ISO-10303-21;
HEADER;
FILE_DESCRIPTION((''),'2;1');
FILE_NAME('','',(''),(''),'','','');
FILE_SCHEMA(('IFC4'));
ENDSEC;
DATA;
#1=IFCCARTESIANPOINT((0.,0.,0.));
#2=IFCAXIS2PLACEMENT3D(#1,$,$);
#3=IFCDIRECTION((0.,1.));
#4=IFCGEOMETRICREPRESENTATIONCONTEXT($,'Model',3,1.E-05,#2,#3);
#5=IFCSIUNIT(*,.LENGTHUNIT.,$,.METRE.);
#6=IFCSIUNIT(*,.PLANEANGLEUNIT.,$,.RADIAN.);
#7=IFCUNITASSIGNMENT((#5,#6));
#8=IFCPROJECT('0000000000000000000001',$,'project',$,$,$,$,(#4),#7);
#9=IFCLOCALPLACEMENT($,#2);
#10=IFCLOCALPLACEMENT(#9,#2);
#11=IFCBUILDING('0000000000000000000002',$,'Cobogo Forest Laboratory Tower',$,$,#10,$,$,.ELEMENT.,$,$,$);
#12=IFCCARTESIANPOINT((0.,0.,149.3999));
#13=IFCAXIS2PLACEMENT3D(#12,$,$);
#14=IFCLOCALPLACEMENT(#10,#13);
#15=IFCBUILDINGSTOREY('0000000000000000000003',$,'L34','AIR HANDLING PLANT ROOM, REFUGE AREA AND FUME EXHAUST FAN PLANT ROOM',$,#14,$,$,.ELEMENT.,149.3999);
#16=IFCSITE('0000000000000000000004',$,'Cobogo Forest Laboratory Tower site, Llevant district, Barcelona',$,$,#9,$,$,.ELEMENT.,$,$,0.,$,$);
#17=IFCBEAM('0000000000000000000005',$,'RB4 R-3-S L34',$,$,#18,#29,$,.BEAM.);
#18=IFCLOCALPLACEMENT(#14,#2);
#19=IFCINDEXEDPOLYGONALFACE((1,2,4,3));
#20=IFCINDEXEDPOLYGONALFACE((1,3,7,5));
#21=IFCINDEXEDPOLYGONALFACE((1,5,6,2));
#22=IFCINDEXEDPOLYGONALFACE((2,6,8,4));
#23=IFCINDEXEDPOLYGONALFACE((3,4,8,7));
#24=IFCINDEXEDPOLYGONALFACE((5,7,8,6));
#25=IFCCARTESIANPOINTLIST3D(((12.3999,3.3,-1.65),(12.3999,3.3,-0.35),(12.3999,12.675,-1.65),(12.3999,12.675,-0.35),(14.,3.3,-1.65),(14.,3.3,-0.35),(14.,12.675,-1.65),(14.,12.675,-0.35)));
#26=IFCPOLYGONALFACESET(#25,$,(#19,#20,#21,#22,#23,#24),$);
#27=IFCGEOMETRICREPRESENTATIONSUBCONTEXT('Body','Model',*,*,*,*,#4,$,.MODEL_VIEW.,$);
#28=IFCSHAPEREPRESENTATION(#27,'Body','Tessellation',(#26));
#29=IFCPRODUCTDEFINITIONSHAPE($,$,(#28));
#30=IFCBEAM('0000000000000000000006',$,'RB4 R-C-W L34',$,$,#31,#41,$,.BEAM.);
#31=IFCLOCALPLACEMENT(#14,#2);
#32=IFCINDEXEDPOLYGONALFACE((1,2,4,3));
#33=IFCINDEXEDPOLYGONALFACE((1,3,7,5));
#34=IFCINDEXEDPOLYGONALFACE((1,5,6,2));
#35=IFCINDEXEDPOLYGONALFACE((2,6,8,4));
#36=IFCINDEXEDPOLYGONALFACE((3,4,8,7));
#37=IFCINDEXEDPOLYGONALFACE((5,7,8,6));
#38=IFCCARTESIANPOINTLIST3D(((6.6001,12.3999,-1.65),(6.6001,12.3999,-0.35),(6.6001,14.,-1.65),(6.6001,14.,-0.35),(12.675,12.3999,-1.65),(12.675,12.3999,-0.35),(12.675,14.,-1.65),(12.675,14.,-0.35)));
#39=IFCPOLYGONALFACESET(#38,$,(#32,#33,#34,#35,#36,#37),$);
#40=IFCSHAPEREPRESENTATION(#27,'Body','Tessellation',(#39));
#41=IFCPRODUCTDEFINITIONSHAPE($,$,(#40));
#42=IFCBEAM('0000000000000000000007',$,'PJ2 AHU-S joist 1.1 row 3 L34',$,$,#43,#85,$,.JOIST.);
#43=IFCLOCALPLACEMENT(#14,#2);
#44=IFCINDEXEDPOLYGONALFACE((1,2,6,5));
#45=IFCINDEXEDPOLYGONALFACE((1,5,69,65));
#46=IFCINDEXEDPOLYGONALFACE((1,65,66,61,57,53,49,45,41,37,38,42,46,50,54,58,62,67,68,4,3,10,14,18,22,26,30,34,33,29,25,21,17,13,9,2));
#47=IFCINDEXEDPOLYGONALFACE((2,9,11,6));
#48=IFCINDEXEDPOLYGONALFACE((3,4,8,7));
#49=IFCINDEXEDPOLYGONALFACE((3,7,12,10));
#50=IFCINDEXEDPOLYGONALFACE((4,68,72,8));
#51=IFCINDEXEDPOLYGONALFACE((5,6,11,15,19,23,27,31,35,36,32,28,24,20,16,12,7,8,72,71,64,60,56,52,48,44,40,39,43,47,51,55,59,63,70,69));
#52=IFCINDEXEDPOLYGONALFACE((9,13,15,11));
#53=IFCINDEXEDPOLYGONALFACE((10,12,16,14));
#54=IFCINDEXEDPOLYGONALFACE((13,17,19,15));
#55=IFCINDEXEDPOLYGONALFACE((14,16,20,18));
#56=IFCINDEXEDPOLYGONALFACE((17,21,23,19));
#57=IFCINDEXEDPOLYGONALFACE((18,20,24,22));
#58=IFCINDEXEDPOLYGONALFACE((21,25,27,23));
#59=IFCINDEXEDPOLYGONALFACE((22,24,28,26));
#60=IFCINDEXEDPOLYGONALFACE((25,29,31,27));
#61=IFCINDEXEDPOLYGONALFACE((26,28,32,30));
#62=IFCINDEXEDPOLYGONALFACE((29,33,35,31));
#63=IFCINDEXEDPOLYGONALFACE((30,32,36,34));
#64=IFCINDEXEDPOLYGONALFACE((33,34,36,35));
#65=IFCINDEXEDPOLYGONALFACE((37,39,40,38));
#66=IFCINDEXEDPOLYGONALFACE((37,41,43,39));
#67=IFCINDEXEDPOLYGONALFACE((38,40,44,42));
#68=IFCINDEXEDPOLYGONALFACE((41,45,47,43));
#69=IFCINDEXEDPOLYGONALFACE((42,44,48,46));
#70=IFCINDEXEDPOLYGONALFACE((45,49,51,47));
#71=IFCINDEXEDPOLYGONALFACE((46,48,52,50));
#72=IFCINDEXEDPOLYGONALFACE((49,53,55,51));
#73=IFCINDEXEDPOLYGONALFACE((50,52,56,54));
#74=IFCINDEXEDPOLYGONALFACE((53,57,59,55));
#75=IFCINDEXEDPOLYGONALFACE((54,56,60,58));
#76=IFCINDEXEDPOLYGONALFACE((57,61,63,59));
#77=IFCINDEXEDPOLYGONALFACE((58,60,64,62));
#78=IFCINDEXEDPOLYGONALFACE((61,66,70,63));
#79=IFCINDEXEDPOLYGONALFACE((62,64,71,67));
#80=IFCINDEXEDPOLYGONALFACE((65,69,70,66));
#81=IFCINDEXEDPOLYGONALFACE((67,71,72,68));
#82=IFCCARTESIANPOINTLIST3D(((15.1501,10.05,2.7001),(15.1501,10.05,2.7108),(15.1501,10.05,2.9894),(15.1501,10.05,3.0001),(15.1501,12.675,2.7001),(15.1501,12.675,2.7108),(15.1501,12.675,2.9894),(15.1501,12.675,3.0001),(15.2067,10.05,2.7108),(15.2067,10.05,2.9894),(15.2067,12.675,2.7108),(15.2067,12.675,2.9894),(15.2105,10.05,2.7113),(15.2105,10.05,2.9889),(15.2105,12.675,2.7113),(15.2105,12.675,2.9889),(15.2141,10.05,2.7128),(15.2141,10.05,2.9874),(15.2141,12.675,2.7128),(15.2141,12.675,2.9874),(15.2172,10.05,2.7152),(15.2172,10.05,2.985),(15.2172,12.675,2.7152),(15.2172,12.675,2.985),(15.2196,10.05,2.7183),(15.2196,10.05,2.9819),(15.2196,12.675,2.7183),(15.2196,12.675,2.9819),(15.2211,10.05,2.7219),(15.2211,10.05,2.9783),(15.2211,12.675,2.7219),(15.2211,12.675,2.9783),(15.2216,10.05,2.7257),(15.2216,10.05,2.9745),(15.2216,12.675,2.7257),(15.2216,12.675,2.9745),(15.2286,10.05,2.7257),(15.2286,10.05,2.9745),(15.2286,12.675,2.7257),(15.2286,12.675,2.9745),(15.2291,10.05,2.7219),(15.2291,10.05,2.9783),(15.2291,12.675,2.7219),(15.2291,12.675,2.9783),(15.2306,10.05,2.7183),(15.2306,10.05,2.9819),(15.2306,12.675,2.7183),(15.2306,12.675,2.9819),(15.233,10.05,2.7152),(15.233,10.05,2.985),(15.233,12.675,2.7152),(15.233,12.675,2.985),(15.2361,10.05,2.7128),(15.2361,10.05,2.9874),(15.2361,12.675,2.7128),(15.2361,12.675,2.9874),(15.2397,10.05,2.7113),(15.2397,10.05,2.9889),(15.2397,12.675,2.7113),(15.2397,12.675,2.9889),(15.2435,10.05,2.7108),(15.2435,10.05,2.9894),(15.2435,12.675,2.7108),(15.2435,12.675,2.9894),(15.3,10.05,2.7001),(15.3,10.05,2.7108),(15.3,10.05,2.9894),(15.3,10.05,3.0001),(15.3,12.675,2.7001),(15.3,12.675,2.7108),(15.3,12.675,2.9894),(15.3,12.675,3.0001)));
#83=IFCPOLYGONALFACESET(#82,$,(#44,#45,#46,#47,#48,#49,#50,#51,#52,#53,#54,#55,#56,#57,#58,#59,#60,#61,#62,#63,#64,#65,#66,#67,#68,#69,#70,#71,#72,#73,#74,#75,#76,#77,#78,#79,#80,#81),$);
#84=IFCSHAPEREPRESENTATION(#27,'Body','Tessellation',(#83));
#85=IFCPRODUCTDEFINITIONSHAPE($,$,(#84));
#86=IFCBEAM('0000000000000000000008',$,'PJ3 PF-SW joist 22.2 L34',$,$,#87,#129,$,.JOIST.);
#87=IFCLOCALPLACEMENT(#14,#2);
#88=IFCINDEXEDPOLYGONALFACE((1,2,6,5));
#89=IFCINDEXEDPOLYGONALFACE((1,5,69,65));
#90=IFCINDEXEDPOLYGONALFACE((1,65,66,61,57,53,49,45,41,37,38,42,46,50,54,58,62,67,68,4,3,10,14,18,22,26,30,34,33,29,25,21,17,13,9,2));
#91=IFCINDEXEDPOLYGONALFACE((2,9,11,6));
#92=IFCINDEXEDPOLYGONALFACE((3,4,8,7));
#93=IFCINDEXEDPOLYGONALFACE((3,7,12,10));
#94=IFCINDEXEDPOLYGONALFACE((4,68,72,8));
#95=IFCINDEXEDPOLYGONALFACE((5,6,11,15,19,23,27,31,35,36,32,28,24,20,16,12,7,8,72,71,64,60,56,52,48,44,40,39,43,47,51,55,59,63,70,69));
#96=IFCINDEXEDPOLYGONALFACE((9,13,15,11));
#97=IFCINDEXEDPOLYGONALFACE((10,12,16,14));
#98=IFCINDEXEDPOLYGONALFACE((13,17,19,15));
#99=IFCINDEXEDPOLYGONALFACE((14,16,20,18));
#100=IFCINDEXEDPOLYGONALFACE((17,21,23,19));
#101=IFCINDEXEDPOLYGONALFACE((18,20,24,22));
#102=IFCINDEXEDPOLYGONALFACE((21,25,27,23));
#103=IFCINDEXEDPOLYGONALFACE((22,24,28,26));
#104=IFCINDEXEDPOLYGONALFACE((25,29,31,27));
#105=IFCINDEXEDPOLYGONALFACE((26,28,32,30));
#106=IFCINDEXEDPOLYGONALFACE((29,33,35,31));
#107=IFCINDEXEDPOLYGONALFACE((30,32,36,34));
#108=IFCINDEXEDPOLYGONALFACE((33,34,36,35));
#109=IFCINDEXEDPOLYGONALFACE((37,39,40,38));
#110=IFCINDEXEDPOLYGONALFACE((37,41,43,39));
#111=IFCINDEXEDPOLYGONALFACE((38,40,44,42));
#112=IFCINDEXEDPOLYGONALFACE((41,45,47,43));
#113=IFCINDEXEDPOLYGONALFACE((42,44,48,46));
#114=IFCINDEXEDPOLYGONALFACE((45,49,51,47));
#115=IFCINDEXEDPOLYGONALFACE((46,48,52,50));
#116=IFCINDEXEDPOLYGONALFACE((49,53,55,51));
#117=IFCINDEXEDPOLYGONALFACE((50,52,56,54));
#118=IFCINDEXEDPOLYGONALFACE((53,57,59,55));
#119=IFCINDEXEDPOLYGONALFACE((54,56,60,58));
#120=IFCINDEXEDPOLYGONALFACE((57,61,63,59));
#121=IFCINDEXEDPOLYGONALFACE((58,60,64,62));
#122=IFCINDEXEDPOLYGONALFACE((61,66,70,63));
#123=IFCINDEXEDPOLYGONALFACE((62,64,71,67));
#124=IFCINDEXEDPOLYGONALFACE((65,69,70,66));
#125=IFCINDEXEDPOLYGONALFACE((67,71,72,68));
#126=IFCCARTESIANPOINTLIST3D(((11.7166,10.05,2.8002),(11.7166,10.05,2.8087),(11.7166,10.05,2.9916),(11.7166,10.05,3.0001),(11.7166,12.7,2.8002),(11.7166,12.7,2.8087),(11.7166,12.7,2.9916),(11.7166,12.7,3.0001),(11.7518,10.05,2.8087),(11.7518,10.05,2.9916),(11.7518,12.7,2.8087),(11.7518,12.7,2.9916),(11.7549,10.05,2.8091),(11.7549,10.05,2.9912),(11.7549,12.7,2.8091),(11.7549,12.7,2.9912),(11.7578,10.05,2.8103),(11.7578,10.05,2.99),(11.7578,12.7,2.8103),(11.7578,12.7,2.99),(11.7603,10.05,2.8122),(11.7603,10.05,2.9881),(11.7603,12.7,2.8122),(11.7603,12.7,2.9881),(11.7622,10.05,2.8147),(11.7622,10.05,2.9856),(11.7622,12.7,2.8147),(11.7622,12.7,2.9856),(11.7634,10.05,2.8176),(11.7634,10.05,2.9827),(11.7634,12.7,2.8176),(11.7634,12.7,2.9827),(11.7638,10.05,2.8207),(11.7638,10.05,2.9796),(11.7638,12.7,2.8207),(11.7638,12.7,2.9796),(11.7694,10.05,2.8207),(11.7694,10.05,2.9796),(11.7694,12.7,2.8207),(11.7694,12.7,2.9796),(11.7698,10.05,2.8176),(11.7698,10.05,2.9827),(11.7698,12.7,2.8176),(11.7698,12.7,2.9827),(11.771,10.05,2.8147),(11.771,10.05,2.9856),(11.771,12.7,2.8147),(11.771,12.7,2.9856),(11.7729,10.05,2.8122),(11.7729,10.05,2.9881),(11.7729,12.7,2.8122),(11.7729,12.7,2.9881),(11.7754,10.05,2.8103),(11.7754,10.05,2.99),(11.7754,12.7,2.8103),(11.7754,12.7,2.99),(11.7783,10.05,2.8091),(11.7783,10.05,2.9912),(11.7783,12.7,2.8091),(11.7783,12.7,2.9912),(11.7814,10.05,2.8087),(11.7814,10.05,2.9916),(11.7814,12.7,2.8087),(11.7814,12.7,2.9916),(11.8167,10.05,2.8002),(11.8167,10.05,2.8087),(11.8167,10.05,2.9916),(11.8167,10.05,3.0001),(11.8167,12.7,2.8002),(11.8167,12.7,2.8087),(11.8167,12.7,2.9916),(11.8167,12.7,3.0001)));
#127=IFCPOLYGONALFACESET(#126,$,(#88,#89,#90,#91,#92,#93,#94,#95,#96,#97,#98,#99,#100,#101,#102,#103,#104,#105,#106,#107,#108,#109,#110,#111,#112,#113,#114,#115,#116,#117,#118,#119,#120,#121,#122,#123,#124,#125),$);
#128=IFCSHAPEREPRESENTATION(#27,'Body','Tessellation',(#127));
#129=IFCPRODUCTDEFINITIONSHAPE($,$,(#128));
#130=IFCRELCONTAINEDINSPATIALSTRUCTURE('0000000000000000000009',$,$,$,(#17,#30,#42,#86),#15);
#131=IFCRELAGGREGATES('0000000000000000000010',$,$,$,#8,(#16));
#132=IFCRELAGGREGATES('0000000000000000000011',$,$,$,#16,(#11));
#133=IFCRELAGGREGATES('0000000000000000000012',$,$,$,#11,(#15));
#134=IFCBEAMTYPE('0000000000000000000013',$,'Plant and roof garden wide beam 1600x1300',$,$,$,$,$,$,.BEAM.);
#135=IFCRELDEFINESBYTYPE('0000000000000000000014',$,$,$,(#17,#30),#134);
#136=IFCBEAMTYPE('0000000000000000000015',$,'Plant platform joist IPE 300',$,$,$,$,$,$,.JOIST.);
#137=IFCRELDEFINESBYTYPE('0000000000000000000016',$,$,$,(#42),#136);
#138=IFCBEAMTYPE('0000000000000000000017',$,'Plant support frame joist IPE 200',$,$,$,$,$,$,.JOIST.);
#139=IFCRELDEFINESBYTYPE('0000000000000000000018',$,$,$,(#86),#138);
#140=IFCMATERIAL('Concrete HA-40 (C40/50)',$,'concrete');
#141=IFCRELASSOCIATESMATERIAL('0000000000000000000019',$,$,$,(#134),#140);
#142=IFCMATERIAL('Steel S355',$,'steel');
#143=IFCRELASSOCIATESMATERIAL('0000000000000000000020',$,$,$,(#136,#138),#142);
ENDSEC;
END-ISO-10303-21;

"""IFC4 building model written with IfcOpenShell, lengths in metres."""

from ifc_helpers import new_model, si_unit, direction, frame, origin, origin_2d, place, context, subcontext, project, spatial, rectangle, i_section, extrude, material, material_profile, profile_set, type_object, element, save


model = new_model("IFC4")

# Units and contexts
model_context = context("Model", 3, precision=1e-05, world=origin(), true_north=direction((0.0, 1.0)))
body_context = subcontext(model_context, "Body", "Model", "MODEL_VIEW")
ifc_project = project(units=[si_unit("LENGTHUNIT", "METRE"), si_unit("PLANEANGLEUNIT", "RADIAN")], contexts=[model_context])

# Site, building, storey
site_placement = place(None, origin())
site = spatial("IfcSite", under=ifc_project, at=site_placement, Name="Cobogo Forest Laboratory Tower site, Llevant district, Barcelona", CompositionType="ELEMENT", RefElevation=0.0)
building_placement = place(site_placement, origin())
building = spatial("IfcBuilding", under=site, at=building_placement, Name="Cobogo Forest Laboratory Tower", CompositionType="ELEMENT")
storey_placement = place(building_placement, frame((0.0, 0.0, 149.3999)))
storey = spatial("IfcBuildingStorey", under=building, at=storey_placement, Name="L34", Description="AIR HANDLING PLANT ROOM, REFUGE AREA AND FUME EXHAUST FAN PLANT ROOM", CompositionType="ELEMENT", Elevation=149.3999)

# Beams
ifc_material_1 = material(Name="Concrete HA-40 (C40/50)", Category="concrete")
ifc_material_profile_1 = material_profile(ifc_material_1, rectangle(XDim=1.6001, YDim=1.3, at=origin_2d()), Name="RC 1600x1300")
ifc_profile_set_1 = profile_set([ifc_material_profile_1], Name="Concrete HA-40 (C40/50)")
beam_type_1 = type_object("IfcBeamType", Name="Plant and roof garden wide beam 1600x1300", PredefinedType="BEAM", material=ifc_profile_set_1)
beam_1_placement = place(storey_placement, frame((13.2, 12.675, -1.0), z_axis=(0.0, -1.0, 0.0), x_axis=(1.0, 0.0, 0.0)))
element("IfcBeam", 1, at=beam_1_placement, inside=storey, type_object=beam_type_1, Name="RB4 R-3-S L34", PredefinedType="BEAM", context=body_context, shape_type="SweptSolid", body=[
    extrude(rectangle(XDim=1.6001, YDim=1.3, at=origin_2d()), origin(), (0.0, 0.0, 1.0), 9.375),
])
beam_2_placement = place(storey_placement, frame((12.675, 13.2, -1.0), z_axis=(-1.0, 0.0, 0.0), x_axis=(0.0, -1.0, 0.0)))
element("IfcBeam", 2, at=beam_2_placement, inside=storey, type_object=beam_type_1, Name="RB4 R-C-W L34", PredefinedType="BEAM", context=body_context, shape_type="SweptSolid", body=[
    extrude(rectangle(XDim=1.6001, YDim=1.3, at=origin_2d()), origin(), (0.0, 0.0, 1.0), 6.075),
])
ifc_material_2 = material(Name="Steel S355", Category="steel")
ifc_material_profile_2 = material_profile(ifc_material_2, i_section(OverallWidth=0.1499, OverallDepth=0.3, WebThickness=0.0071, FlangeThickness=0.0107, FilletRadius=0.0149, at=origin_2d()), Name="IPE 300")
ifc_profile_set_2 = profile_set([ifc_material_profile_2], Name="Steel S355")
beam_type_2 = type_object("IfcBeamType", Name="Plant platform joist IPE 300", PredefinedType="JOIST", material=ifc_profile_set_2)
beam_3_placement = place(storey_placement, frame((15.2251, 10.05, 2.8501), z_axis=(0.0, 1.0, 0.0), x_axis=(-1.0, 0.0, 0.0)))
element("IfcBeam", 3, at=beam_3_placement, inside=storey, type_object=beam_type_2, Name="PJ2 AHU-S joist 1.1 row 3 L34", PredefinedType="JOIST", context=body_context, shape_type="SweptSolid", body=[
    extrude(i_section(OverallWidth=0.1499, OverallDepth=0.3, WebThickness=0.0071, FlangeThickness=0.0107, FilletRadius=0.0149, at=origin_2d()), origin(), (0.0, 0.0, 1.0), 2.625),
])
ifc_material_profile_3 = material_profile(ifc_material_2, i_section(OverallWidth=0.1001, OverallDepth=0.2, WebThickness=0.0056, FlangeThickness=0.0085, FilletRadius=0.012, at=origin_2d()), Name="IPE 200")
ifc_profile_set_3 = profile_set([ifc_material_profile_3], Name="Steel S355")
beam_type_3 = type_object("IfcBeamType", Name="Plant support frame joist IPE 200", PredefinedType="JOIST", material=ifc_profile_set_3)
beam_4_placement = place(storey_placement, frame((11.7666, 10.05, 2.9001), z_axis=(0.0, 1.0, 0.0), x_axis=(-1.0, 0.0, 0.0)))
element("IfcBeam", 4, at=beam_4_placement, inside=storey, type_object=beam_type_3, Name="PJ3 PF-SW joist 22.2 L34", PredefinedType="JOIST", context=body_context, shape_type="SweptSolid", body=[
    extrude(i_section(OverallWidth=0.1001, OverallDepth=0.2, WebThickness=0.0056, FlangeThickness=0.0085, FilletRadius=0.012, at=origin_2d()), origin(), (0.0, 0.0, 1.0), 2.6499),
])

save(model, "model.ifc")
